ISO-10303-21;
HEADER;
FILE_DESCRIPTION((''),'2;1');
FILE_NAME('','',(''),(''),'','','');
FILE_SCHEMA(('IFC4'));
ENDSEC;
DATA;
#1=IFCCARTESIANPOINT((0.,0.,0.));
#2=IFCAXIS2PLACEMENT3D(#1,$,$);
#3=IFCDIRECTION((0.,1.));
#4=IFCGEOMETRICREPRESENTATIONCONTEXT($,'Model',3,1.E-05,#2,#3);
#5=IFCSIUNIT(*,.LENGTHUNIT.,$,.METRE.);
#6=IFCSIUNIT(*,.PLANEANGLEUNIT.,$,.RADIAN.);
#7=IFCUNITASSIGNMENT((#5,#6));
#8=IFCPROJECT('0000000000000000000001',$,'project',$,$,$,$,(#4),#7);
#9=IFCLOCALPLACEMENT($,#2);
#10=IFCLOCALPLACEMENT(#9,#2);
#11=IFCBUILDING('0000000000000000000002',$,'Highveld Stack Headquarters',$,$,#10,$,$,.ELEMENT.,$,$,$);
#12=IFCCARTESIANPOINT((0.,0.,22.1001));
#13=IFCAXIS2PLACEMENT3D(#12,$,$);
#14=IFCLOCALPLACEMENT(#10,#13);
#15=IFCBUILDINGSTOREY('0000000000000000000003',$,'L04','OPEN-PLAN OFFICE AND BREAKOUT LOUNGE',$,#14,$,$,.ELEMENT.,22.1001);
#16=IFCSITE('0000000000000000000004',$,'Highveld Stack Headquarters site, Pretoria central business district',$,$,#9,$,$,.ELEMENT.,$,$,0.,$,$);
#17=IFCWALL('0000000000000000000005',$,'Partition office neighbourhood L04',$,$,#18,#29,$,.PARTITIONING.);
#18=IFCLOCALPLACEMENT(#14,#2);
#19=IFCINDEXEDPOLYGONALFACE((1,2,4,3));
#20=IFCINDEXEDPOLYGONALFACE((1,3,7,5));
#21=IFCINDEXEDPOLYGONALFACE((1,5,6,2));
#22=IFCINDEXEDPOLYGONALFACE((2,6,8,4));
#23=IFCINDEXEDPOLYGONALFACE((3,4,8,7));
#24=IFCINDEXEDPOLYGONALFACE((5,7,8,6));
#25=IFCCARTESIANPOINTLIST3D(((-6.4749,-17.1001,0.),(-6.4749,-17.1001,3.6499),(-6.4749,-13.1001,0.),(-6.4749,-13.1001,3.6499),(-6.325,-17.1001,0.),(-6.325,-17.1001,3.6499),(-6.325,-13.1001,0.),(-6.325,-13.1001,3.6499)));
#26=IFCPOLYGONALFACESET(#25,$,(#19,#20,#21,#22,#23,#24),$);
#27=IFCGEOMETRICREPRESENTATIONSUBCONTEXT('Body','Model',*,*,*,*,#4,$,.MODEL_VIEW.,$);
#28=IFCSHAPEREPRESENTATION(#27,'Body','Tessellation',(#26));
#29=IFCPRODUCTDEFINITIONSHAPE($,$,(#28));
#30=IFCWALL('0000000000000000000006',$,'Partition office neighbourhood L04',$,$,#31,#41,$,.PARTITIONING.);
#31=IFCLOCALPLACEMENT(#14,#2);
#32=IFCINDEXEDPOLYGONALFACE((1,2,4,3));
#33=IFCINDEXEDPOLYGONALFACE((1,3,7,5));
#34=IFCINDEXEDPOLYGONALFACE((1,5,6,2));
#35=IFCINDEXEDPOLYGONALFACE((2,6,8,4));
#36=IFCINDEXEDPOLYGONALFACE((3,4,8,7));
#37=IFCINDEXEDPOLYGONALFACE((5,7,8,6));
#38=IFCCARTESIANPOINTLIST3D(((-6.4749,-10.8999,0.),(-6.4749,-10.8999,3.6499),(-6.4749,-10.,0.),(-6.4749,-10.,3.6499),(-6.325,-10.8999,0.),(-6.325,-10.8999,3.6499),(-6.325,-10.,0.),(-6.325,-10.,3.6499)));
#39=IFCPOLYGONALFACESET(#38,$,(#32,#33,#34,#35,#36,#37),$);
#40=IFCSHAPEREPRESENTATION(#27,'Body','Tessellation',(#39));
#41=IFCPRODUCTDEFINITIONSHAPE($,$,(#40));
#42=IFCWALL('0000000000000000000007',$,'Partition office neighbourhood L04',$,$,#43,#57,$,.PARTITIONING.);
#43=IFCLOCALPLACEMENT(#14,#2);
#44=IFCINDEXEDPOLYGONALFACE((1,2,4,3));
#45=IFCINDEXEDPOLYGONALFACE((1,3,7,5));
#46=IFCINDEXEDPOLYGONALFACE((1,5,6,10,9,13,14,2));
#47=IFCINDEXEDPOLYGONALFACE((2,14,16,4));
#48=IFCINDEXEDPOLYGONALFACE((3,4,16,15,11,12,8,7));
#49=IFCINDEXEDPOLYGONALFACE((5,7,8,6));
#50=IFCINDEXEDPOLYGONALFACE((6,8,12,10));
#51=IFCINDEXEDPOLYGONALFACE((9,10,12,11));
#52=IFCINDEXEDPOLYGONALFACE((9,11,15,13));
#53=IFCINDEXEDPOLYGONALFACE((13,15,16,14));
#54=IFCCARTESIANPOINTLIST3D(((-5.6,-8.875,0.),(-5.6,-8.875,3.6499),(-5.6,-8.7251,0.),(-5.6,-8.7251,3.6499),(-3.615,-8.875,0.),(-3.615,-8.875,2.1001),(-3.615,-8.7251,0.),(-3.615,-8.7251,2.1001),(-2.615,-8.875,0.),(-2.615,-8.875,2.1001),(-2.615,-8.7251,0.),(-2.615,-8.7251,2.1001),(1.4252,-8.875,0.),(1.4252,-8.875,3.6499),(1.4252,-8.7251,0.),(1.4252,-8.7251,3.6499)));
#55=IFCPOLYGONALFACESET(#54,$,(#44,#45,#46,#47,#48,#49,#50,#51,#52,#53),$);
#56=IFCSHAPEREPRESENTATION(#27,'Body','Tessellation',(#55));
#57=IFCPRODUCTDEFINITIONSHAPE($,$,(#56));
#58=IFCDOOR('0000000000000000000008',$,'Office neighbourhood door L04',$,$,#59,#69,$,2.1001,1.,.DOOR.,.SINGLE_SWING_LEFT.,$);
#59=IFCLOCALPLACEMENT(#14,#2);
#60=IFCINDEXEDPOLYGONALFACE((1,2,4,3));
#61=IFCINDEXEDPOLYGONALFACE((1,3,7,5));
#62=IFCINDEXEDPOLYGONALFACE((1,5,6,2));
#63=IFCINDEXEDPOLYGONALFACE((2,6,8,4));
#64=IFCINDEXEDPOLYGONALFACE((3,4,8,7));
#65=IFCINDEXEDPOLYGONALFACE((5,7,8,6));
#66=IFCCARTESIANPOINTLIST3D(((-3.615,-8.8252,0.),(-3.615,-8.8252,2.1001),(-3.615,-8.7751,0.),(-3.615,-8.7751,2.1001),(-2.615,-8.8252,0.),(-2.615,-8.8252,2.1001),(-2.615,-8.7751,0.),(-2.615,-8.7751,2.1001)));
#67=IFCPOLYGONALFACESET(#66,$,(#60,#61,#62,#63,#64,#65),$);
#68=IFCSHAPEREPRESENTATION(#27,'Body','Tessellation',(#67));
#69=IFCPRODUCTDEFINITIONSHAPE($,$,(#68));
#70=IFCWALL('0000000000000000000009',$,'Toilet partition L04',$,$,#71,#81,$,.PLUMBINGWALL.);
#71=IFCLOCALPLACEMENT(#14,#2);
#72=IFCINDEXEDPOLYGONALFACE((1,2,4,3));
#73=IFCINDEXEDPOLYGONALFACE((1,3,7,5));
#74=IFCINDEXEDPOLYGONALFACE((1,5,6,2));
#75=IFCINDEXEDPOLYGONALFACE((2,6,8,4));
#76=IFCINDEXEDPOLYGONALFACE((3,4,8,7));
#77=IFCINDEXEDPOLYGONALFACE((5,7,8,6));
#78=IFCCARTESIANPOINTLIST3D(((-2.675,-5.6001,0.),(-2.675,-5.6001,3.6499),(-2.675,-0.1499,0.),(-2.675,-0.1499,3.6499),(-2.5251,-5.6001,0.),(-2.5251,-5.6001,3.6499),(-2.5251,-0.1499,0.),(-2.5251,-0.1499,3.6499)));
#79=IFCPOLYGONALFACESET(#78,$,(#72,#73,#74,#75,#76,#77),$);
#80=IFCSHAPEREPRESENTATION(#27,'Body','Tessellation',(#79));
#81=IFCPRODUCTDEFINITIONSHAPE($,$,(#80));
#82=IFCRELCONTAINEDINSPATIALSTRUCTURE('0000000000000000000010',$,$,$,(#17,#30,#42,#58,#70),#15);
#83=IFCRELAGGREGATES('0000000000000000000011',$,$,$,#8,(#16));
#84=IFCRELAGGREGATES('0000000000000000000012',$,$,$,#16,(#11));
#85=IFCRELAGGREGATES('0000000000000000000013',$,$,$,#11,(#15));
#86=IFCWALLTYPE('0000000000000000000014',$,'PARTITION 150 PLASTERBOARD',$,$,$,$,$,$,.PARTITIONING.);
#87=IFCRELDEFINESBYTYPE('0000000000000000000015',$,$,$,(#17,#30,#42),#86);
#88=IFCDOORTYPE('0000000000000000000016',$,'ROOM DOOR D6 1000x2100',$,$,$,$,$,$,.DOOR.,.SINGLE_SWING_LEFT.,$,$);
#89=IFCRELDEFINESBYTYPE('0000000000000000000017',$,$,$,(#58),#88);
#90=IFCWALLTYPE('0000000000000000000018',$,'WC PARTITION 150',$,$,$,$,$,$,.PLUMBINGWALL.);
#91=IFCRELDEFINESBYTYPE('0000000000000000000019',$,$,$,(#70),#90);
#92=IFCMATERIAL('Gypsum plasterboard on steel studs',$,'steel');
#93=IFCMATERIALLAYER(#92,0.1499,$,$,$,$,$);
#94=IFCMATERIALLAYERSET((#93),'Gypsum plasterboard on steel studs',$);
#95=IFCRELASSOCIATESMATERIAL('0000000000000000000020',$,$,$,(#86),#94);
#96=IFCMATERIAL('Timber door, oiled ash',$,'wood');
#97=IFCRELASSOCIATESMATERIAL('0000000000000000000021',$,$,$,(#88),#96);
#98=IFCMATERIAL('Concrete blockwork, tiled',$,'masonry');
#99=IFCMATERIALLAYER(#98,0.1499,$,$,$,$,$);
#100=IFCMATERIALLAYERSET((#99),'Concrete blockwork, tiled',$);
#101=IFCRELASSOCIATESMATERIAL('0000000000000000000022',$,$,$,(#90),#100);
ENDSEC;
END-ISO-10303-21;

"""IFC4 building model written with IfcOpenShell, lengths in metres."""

from ifc_helpers import new_model, si_unit, direction, frame, frame_2d, origin, place, context, subcontext, project, spatial, rectangle, extrude, material, layer, layer_set, type_object, element, fill, save


model = new_model("IFC4")

# Units and contexts
model_context = context("Model", 3, precision=1e-05, world=origin(), true_north=direction((0.0, 1.0)))
body_context = subcontext(model_context, "Body", "Model", "MODEL_VIEW")
ifc_project = project(units=[si_unit("LENGTHUNIT", "METRE"), si_unit("PLANEANGLEUNIT", "RADIAN")], contexts=[model_context])

# Site, building, storey
site_placement = place(None, origin())
site = spatial("IfcSite", under=ifc_project, at=site_placement, Name="Highveld Stack Headquarters site, Pretoria central business district", CompositionType="ELEMENT", RefElevation=0.0)
building_placement = place(site_placement, origin())
building = spatial("IfcBuilding", under=site, at=building_placement, Name="Highveld Stack Headquarters", CompositionType="ELEMENT")
storey_placement = place(building_placement, frame((0.0, 0.0, 22.1001)))
storey = spatial("IfcBuildingStorey", under=building, at=storey_placement, Name="L04", Description="OPEN-PLAN OFFICE AND BREAKOUT LOUNGE", CompositionType="ELEMENT", Elevation=22.1001)

# Shared definitions
ifc_material_1 = material(Name="Gypsum plasterboard on steel studs", Category="steel")
ifc_layer_1 = layer(ifc_material_1, 0.1499)
ifc_layer_set_1 = layer_set([ifc_layer_1], Name="Gypsum plasterboard on steel studs")
wall_type_1 = type_object("IfcWallType", Name="PARTITION 150 PLASTERBOARD", PredefinedType="PARTITIONING", material=ifc_layer_set_1)
ifc_material_2 = material(Name="Timber door, oiled ash", Category="wood")
door_type_1 = type_object("IfcDoorType", Name="ROOM DOOR D6 1000x2100", OperationType="SINGLE_SWING_LEFT", PredefinedType="DOOR", material=ifc_material_2)

# Walls
wall_1_placement = place(storey_placement, frame((-6.3999, -17.1001, 0.0), z_axis=(0.0, 0.0, 1.0), x_axis=(0.0, 1.0, 0.0)))
element("IfcWall", 1, at=wall_1_placement, inside=storey, type_object=wall_type_1, Name="Partition office neighbourhood L04", PredefinedType="PARTITIONING", context=body_context, shape_type="SweptSolid", body=[
    extrude(rectangle(XDim=4.0, YDim=0.1499, at=frame_2d((2.0, 0.0))), origin(), (0.0, 0.0, 1.0), 3.6499),
])
wall_2_placement = place(storey_placement, frame((-6.3999, -10.8999, 0.0), z_axis=(0.0, 0.0, 1.0), x_axis=(0.0, 1.0, 0.0)))
element("IfcWall", 2, at=wall_2_placement, inside=storey, type_object=wall_type_1, Name="Partition office neighbourhood L04", PredefinedType="PARTITIONING", context=body_context, shape_type="SweptSolid", body=[
    extrude(rectangle(XDim=0.8999, YDim=0.1499, at=frame_2d((0.45, 0.0))), origin(), (0.0, 0.0, 1.0), 3.6499),
])

# Wall, opening, door
wall_3_placement = place(storey_placement, frame((-5.6001, -8.8, 0.0), z_axis=(0.0, 0.0, 1.0), x_axis=(1.0, 0.0, 0.0)))
wall_3 = element("IfcWall", 3, at=wall_3_placement, inside=storey, type_object=wall_type_1, Name="Partition office neighbourhood L04", PredefinedType="PARTITIONING", context=body_context, shape_type="SweptSolid", body=[
    extrude(rectangle(XDim=7.0251, YDim=0.1499, at=frame_2d((3.5127, 0.0))), origin(), (0.0, 0.0, 1.0), 3.6499),
])
opening_1_placement = place(wall_3_placement, frame((1.9851, 0.0, 0.0)))
opening_1 = element("IfcOpeningElement", 4, at=opening_1_placement, cuts=wall_3, PredefinedType="OPENING", context=body_context, shape_type="SweptSolid", body=[
    extrude(rectangle(XDim=1.0, YDim=2.1001, at=frame_2d((0.5, 1.05))), frame((0.0, 0.085, 0.0), z_axis=(0.0, -1.0, 0.0), x_axis=(1.0, 0.0, 0.0)), (0.0, 0.0, 1.0), 0.1699),
])
door_1_placement = place(opening_1_placement, origin())
door_1 = element("IfcDoor", 5, at=door_1_placement, inside=storey, type_object=door_type_1, Name="Office neighbourhood door L04", OperationType="SINGLE_SWING_LEFT", OverallHeight=2.1001, OverallWidth=1.0, PredefinedType="DOOR", context=body_context, shape_type="SweptSolid", body=[
    extrude(rectangle(XDim=1.0, YDim=2.1001, at=frame_2d((0.5, 1.05))), frame((0.0, 0.0249, 0.0), z_axis=(0.0, -1.0, 0.0), x_axis=(1.0, 0.0, 0.0)), (0.0, 0.0, 1.0), 0.05),
])
fill(opening_1, door_1)

# Wall
ifc_material_3 = material(Name="Concrete blockwork, tiled", Category="masonry")
ifc_layer_2 = layer(ifc_material_3, 0.1499)
ifc_layer_set_2 = layer_set([ifc_layer_2], Name="Concrete blockwork, tiled")
wall_type_2 = type_object("IfcWallType", Name="WC PARTITION 150", PredefinedType="PLUMBINGWALL", material=ifc_layer_set_2)
wall_4_placement = place(storey_placement, frame((-2.6001, -5.6001, 0.0), z_axis=(0.0, 0.0, 1.0), x_axis=(0.0, 1.0, 0.0)))
element("IfcWall", 6, at=wall_4_placement, inside=storey, type_object=wall_type_2, Name="Toilet partition L04", PredefinedType="PLUMBINGWALL", context=body_context, shape_type="SweptSolid", body=[
    extrude(rectangle(XDim=5.4502, YDim=0.1499, at=frame_2d((2.7251, 0.0))), origin(), (0.0, 0.0, 1.0), 3.6499),
])

save(model, "model.ifc")
